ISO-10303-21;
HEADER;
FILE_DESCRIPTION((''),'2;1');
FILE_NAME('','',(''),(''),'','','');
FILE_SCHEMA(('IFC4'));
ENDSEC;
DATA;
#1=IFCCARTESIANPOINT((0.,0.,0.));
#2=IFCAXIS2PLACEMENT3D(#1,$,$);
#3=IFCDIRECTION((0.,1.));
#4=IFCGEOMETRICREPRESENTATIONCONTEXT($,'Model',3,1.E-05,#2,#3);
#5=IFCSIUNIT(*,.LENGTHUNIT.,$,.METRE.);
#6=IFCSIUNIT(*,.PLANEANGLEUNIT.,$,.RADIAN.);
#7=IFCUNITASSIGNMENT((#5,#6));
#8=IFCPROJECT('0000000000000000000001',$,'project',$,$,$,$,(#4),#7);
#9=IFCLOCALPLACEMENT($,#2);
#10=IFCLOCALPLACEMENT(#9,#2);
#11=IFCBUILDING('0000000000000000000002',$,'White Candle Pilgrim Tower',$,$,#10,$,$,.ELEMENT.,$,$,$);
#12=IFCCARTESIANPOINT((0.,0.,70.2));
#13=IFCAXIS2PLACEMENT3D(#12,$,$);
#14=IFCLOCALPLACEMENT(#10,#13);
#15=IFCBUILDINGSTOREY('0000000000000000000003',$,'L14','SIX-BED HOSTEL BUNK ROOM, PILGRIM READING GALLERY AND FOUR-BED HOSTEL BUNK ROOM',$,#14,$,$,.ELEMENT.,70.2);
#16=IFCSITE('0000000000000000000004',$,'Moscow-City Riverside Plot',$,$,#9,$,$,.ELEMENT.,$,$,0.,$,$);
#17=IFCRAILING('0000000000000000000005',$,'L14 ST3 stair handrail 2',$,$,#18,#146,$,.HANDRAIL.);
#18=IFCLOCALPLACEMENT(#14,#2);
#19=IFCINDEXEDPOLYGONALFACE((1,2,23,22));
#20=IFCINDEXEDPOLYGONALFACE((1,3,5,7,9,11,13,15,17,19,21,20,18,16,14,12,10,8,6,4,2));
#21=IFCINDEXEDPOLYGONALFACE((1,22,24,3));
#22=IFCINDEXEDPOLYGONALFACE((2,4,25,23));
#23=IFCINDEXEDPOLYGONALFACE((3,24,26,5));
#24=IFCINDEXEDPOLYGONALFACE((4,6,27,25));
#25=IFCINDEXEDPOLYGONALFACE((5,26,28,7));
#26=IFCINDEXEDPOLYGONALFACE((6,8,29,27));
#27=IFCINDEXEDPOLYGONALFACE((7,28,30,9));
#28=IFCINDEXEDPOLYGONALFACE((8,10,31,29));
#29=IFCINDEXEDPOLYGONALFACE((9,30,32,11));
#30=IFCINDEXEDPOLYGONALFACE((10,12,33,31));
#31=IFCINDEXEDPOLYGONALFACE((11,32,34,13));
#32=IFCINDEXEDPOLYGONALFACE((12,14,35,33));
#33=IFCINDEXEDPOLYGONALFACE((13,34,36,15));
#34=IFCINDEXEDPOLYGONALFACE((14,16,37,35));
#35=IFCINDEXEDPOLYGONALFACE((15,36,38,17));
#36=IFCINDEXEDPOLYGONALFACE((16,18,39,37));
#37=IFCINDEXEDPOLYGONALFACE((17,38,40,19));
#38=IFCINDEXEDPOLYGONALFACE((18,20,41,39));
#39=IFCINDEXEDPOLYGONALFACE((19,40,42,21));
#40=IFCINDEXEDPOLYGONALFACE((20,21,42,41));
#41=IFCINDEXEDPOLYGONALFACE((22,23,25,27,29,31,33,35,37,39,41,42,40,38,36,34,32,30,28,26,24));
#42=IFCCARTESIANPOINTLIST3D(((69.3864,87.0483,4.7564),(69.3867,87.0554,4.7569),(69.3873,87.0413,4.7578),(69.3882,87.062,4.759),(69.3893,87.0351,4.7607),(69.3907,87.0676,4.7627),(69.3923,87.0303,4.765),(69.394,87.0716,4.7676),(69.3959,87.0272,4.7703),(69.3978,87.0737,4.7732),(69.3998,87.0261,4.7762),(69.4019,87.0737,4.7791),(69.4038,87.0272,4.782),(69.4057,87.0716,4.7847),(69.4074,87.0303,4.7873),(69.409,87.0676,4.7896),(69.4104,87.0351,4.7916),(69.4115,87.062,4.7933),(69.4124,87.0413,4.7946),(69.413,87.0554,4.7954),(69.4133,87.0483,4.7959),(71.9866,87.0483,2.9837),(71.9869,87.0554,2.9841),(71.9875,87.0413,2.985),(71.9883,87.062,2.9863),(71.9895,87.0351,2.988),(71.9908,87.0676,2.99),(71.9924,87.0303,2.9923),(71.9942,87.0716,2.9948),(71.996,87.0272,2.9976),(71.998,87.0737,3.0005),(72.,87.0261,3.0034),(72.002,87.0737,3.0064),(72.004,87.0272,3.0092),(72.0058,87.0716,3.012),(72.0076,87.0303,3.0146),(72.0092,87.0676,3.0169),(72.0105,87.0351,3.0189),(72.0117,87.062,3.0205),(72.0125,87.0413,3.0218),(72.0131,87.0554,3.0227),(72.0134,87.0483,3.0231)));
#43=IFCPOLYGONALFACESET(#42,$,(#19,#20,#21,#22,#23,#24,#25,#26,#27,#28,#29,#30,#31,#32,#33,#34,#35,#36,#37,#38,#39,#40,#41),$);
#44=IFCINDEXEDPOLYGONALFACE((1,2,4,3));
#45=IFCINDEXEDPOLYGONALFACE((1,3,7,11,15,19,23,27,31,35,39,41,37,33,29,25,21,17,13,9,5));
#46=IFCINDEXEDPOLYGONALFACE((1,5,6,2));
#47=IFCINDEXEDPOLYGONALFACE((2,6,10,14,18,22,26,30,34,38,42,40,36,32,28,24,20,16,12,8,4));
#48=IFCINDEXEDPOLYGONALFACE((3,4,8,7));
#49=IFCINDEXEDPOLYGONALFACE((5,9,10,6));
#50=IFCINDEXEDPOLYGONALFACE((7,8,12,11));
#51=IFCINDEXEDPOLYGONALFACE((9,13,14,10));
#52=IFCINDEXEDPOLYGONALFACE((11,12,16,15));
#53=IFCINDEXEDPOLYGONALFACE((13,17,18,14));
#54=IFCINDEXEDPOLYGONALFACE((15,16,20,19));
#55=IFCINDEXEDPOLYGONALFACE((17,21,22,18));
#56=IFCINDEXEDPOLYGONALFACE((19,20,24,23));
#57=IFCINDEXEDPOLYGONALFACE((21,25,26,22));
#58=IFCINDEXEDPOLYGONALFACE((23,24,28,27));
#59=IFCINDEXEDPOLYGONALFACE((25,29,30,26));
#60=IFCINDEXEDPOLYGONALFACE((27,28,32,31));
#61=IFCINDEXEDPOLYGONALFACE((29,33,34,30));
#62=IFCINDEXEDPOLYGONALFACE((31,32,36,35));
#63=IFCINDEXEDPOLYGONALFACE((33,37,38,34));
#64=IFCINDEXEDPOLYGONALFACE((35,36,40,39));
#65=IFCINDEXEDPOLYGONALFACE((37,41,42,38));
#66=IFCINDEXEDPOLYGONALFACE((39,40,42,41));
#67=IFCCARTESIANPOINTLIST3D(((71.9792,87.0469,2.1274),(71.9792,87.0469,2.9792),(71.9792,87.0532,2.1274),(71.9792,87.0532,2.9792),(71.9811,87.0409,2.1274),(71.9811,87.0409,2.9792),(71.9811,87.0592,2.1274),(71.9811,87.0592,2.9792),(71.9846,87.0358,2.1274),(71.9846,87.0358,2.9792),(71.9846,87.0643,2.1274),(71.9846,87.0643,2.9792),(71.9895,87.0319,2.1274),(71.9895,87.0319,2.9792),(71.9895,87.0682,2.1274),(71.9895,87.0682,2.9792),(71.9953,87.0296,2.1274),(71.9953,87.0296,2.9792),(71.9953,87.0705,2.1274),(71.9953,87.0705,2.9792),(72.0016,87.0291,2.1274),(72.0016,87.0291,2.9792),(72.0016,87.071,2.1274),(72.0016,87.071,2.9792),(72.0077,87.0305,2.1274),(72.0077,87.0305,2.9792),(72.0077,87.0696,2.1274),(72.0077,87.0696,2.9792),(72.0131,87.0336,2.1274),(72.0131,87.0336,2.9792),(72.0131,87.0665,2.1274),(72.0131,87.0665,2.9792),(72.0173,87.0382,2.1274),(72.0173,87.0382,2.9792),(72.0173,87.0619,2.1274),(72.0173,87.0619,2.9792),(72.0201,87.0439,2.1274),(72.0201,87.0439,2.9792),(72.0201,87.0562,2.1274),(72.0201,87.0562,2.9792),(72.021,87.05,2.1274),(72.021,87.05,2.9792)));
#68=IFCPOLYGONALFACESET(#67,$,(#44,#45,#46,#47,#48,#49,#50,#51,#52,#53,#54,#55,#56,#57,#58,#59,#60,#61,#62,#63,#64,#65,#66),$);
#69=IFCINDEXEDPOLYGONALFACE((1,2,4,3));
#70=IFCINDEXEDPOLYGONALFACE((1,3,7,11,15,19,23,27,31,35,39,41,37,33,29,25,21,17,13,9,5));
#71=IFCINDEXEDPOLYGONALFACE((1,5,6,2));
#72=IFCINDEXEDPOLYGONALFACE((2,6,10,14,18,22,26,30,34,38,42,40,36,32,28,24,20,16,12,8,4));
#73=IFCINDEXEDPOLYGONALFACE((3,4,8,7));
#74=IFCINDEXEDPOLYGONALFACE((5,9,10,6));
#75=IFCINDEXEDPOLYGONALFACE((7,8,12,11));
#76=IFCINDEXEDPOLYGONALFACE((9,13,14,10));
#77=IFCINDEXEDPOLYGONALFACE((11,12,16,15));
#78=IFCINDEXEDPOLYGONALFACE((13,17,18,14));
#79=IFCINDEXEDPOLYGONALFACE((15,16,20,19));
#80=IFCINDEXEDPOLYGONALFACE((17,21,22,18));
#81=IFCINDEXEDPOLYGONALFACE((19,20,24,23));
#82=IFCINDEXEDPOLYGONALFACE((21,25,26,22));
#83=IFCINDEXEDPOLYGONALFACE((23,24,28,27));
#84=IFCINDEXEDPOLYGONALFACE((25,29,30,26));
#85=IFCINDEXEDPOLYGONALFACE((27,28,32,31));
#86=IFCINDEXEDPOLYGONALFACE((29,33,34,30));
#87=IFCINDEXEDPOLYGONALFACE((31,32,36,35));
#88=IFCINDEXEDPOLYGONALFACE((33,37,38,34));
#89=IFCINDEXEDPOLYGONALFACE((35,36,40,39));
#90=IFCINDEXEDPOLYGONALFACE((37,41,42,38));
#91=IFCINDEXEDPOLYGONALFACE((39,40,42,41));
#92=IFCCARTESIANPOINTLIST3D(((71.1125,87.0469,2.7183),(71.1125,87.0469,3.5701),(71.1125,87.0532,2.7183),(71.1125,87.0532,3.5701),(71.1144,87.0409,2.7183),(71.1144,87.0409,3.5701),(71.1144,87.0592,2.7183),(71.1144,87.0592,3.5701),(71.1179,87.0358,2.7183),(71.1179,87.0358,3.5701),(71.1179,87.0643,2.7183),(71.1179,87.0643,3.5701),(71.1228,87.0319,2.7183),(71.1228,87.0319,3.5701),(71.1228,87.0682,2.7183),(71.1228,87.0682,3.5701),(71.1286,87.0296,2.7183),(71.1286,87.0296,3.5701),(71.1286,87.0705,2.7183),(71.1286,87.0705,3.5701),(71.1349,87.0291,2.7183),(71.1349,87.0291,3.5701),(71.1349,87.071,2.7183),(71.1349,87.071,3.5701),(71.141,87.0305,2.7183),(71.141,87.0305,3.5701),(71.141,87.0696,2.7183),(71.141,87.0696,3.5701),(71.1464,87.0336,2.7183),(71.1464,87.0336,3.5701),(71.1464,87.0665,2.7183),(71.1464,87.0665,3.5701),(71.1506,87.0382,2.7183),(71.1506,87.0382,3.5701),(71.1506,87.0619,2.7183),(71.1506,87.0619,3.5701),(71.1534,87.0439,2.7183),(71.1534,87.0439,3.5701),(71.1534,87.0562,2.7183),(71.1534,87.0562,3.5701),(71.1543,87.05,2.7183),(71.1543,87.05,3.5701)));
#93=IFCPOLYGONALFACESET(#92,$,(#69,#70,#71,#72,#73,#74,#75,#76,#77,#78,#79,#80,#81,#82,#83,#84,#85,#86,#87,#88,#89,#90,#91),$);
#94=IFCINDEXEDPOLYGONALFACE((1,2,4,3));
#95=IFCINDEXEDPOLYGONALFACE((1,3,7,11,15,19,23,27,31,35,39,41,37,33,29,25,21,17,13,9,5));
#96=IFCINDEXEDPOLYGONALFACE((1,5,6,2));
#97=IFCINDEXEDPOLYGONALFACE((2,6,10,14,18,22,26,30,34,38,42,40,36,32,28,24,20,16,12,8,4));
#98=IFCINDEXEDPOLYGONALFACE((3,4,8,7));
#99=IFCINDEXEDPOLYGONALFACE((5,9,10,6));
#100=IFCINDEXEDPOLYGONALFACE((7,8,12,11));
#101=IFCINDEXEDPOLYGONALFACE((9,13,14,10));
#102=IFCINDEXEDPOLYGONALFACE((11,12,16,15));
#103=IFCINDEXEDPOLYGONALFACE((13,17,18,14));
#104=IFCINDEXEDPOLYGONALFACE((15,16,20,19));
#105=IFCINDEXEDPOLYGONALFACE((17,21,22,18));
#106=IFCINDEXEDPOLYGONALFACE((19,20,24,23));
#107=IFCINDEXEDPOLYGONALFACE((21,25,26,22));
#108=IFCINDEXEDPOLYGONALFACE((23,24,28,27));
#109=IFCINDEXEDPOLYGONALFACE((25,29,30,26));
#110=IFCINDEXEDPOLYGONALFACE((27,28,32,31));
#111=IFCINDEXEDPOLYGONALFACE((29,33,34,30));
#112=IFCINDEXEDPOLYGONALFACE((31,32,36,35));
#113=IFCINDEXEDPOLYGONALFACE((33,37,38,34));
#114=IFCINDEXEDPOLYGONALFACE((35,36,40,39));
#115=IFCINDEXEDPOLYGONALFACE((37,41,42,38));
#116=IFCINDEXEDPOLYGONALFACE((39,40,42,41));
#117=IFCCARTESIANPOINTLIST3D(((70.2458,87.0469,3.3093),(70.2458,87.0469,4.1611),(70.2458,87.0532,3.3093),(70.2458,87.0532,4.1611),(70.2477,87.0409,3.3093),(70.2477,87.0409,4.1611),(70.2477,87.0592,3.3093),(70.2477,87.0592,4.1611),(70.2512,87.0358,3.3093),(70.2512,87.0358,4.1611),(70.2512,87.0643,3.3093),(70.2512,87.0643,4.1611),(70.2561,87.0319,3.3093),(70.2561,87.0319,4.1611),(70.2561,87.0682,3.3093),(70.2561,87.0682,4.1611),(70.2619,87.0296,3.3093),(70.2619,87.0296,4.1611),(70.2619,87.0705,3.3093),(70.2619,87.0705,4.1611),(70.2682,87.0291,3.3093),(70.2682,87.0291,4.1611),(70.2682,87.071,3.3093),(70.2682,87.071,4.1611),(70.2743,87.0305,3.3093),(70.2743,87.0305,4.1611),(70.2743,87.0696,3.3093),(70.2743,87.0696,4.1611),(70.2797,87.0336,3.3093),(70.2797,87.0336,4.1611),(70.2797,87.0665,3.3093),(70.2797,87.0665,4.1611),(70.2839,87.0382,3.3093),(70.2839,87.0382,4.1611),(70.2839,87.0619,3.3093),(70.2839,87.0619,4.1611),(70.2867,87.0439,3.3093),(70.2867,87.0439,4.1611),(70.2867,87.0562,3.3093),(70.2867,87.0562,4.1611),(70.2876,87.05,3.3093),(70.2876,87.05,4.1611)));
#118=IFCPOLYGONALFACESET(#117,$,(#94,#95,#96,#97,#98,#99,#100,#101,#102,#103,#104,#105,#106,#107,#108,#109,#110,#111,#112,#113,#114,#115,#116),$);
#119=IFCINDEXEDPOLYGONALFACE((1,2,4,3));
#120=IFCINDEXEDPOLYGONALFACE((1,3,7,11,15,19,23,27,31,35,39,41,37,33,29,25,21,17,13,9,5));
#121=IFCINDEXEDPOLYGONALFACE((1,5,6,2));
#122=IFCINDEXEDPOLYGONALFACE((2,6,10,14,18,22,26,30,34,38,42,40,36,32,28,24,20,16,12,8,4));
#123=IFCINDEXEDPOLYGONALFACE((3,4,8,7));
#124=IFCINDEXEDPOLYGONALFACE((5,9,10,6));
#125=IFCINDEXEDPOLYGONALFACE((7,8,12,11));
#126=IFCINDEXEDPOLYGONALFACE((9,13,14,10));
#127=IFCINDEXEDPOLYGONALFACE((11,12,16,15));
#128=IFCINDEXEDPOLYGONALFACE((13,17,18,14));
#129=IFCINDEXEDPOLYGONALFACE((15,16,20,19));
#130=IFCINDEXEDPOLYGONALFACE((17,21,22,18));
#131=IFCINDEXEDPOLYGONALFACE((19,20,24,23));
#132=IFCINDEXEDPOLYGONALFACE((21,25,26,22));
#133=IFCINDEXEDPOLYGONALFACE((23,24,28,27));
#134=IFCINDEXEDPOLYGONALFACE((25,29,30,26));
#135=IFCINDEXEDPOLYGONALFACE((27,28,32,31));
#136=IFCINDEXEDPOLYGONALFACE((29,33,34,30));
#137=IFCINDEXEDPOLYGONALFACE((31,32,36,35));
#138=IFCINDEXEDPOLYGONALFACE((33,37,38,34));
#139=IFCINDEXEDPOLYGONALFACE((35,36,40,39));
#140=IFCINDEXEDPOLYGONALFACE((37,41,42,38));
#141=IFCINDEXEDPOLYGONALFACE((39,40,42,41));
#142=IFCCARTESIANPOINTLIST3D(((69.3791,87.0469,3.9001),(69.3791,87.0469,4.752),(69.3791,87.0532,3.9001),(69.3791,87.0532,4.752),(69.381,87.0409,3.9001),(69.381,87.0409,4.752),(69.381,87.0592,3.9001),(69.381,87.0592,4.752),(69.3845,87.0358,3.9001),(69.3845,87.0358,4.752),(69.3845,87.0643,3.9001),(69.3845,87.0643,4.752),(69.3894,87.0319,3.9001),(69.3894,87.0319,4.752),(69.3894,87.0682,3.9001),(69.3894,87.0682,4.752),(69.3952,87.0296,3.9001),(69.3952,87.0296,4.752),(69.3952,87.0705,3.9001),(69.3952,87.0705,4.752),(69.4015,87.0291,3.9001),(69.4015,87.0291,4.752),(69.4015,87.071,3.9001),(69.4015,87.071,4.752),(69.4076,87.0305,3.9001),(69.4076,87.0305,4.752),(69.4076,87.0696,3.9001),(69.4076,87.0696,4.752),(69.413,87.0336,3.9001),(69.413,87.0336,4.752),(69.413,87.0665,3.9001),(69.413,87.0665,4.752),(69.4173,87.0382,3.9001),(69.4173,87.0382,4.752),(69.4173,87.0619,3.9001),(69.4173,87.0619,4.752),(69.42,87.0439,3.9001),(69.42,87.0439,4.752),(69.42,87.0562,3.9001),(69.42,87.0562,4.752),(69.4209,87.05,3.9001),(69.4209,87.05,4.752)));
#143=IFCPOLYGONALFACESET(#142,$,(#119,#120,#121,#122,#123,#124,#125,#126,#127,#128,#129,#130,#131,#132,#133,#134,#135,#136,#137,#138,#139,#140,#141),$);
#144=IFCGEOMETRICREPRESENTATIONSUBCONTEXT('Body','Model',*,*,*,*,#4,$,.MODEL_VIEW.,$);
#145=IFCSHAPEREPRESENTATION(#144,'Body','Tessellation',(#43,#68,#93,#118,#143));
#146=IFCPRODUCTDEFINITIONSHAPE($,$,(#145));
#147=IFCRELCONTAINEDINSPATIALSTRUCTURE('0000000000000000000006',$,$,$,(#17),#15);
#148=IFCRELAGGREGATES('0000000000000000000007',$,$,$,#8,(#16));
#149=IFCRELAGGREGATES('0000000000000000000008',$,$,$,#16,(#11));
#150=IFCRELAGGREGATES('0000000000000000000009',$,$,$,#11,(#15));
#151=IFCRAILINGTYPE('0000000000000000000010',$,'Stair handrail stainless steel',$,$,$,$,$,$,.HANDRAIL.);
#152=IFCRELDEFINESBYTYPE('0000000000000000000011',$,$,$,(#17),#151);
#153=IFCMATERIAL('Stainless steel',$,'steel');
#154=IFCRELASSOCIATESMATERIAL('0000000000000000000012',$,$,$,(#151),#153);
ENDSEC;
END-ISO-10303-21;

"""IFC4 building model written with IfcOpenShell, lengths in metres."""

from ifc_helpers import new_model, si_unit, direction, frame, origin, origin_2d, place, context, subcontext, project, spatial, circle, extrude, material, type_object, element, save


model = new_model("IFC4")

# Units and contexts
model_context = context("Model", 3, precision=1e-05, world=origin(), true_north=direction((0.0, 1.0)))
body_context = subcontext(model_context, "Body", "Model", "MODEL_VIEW")
ifc_project = project(units=[si_unit("LENGTHUNIT", "METRE"), si_unit("PLANEANGLEUNIT", "RADIAN")], contexts=[model_context])

# Site, building, storey
site_placement = place(None, origin())
site = spatial("IfcSite", under=ifc_project, at=site_placement, Name="Moscow-City Riverside Plot", CompositionType="ELEMENT", RefElevation=0.0)
building_placement = place(site_placement, origin())
building = spatial("IfcBuilding", under=site, at=building_placement, Name="White Candle Pilgrim Tower", CompositionType="ELEMENT")
storey_placement = place(building_placement, frame((0.0, 0.0, 70.2)))
storey = spatial("IfcBuildingStorey", under=building, at=storey_placement, Name="L14", Description="SIX-BED HOSTEL BUNK ROOM, PILGRIM READING GALLERY AND FOUR-BED HOSTEL BUNK ROOM", CompositionType="ELEMENT", Elevation=70.2)

# Railing
ifc_material_1 = material(Name="Stainless steel", Category="steel")
railing_type_1 = type_object("IfcRailingType", Name="Stair handrail stainless steel", PredefinedType="HANDRAIL", material=ifc_material_1)
railing_1_placement = place(storey_placement, frame((72.0, 87.05, 2.1274)))
element("IfcRailing", 1, at=railing_1_placement, inside=storey, type_object=railing_type_1, Name="L14 ST3 stair handrail 2", PredefinedType="HANDRAIL", context=body_context, shape_type="SweptSolid", body=[
    extrude(circle(Radius=0.0239, at=origin_2d()), frame((0.0, 0.0, 0.876), z_axis=(-0.82624, 0.0, 0.563318), x_axis=(0.0, -1.0, 0.0)), (0.0, 0.0, 1.0), 3.147),
    extrude(circle(Radius=0.021, at=origin_2d()), origin(), (0.0, 0.0, 1.0), 0.8518),
    extrude(circle(Radius=0.021, at=origin_2d()), frame((-0.8667, 0.0, 0.5908)), (0.0, 0.0, 1.0), 0.8518),
    extrude(circle(Radius=0.021, at=origin_2d()), frame((-1.7334, 0.0, 1.1819)), (0.0, 0.0, 1.0), 0.8518),
    extrude(circle(Radius=0.021, at=origin_2d()), frame((-2.6001, 0.0, 1.7727)), (0.0, 0.0, 1.0), 0.8518),
])

save(model, "model.ifc")
